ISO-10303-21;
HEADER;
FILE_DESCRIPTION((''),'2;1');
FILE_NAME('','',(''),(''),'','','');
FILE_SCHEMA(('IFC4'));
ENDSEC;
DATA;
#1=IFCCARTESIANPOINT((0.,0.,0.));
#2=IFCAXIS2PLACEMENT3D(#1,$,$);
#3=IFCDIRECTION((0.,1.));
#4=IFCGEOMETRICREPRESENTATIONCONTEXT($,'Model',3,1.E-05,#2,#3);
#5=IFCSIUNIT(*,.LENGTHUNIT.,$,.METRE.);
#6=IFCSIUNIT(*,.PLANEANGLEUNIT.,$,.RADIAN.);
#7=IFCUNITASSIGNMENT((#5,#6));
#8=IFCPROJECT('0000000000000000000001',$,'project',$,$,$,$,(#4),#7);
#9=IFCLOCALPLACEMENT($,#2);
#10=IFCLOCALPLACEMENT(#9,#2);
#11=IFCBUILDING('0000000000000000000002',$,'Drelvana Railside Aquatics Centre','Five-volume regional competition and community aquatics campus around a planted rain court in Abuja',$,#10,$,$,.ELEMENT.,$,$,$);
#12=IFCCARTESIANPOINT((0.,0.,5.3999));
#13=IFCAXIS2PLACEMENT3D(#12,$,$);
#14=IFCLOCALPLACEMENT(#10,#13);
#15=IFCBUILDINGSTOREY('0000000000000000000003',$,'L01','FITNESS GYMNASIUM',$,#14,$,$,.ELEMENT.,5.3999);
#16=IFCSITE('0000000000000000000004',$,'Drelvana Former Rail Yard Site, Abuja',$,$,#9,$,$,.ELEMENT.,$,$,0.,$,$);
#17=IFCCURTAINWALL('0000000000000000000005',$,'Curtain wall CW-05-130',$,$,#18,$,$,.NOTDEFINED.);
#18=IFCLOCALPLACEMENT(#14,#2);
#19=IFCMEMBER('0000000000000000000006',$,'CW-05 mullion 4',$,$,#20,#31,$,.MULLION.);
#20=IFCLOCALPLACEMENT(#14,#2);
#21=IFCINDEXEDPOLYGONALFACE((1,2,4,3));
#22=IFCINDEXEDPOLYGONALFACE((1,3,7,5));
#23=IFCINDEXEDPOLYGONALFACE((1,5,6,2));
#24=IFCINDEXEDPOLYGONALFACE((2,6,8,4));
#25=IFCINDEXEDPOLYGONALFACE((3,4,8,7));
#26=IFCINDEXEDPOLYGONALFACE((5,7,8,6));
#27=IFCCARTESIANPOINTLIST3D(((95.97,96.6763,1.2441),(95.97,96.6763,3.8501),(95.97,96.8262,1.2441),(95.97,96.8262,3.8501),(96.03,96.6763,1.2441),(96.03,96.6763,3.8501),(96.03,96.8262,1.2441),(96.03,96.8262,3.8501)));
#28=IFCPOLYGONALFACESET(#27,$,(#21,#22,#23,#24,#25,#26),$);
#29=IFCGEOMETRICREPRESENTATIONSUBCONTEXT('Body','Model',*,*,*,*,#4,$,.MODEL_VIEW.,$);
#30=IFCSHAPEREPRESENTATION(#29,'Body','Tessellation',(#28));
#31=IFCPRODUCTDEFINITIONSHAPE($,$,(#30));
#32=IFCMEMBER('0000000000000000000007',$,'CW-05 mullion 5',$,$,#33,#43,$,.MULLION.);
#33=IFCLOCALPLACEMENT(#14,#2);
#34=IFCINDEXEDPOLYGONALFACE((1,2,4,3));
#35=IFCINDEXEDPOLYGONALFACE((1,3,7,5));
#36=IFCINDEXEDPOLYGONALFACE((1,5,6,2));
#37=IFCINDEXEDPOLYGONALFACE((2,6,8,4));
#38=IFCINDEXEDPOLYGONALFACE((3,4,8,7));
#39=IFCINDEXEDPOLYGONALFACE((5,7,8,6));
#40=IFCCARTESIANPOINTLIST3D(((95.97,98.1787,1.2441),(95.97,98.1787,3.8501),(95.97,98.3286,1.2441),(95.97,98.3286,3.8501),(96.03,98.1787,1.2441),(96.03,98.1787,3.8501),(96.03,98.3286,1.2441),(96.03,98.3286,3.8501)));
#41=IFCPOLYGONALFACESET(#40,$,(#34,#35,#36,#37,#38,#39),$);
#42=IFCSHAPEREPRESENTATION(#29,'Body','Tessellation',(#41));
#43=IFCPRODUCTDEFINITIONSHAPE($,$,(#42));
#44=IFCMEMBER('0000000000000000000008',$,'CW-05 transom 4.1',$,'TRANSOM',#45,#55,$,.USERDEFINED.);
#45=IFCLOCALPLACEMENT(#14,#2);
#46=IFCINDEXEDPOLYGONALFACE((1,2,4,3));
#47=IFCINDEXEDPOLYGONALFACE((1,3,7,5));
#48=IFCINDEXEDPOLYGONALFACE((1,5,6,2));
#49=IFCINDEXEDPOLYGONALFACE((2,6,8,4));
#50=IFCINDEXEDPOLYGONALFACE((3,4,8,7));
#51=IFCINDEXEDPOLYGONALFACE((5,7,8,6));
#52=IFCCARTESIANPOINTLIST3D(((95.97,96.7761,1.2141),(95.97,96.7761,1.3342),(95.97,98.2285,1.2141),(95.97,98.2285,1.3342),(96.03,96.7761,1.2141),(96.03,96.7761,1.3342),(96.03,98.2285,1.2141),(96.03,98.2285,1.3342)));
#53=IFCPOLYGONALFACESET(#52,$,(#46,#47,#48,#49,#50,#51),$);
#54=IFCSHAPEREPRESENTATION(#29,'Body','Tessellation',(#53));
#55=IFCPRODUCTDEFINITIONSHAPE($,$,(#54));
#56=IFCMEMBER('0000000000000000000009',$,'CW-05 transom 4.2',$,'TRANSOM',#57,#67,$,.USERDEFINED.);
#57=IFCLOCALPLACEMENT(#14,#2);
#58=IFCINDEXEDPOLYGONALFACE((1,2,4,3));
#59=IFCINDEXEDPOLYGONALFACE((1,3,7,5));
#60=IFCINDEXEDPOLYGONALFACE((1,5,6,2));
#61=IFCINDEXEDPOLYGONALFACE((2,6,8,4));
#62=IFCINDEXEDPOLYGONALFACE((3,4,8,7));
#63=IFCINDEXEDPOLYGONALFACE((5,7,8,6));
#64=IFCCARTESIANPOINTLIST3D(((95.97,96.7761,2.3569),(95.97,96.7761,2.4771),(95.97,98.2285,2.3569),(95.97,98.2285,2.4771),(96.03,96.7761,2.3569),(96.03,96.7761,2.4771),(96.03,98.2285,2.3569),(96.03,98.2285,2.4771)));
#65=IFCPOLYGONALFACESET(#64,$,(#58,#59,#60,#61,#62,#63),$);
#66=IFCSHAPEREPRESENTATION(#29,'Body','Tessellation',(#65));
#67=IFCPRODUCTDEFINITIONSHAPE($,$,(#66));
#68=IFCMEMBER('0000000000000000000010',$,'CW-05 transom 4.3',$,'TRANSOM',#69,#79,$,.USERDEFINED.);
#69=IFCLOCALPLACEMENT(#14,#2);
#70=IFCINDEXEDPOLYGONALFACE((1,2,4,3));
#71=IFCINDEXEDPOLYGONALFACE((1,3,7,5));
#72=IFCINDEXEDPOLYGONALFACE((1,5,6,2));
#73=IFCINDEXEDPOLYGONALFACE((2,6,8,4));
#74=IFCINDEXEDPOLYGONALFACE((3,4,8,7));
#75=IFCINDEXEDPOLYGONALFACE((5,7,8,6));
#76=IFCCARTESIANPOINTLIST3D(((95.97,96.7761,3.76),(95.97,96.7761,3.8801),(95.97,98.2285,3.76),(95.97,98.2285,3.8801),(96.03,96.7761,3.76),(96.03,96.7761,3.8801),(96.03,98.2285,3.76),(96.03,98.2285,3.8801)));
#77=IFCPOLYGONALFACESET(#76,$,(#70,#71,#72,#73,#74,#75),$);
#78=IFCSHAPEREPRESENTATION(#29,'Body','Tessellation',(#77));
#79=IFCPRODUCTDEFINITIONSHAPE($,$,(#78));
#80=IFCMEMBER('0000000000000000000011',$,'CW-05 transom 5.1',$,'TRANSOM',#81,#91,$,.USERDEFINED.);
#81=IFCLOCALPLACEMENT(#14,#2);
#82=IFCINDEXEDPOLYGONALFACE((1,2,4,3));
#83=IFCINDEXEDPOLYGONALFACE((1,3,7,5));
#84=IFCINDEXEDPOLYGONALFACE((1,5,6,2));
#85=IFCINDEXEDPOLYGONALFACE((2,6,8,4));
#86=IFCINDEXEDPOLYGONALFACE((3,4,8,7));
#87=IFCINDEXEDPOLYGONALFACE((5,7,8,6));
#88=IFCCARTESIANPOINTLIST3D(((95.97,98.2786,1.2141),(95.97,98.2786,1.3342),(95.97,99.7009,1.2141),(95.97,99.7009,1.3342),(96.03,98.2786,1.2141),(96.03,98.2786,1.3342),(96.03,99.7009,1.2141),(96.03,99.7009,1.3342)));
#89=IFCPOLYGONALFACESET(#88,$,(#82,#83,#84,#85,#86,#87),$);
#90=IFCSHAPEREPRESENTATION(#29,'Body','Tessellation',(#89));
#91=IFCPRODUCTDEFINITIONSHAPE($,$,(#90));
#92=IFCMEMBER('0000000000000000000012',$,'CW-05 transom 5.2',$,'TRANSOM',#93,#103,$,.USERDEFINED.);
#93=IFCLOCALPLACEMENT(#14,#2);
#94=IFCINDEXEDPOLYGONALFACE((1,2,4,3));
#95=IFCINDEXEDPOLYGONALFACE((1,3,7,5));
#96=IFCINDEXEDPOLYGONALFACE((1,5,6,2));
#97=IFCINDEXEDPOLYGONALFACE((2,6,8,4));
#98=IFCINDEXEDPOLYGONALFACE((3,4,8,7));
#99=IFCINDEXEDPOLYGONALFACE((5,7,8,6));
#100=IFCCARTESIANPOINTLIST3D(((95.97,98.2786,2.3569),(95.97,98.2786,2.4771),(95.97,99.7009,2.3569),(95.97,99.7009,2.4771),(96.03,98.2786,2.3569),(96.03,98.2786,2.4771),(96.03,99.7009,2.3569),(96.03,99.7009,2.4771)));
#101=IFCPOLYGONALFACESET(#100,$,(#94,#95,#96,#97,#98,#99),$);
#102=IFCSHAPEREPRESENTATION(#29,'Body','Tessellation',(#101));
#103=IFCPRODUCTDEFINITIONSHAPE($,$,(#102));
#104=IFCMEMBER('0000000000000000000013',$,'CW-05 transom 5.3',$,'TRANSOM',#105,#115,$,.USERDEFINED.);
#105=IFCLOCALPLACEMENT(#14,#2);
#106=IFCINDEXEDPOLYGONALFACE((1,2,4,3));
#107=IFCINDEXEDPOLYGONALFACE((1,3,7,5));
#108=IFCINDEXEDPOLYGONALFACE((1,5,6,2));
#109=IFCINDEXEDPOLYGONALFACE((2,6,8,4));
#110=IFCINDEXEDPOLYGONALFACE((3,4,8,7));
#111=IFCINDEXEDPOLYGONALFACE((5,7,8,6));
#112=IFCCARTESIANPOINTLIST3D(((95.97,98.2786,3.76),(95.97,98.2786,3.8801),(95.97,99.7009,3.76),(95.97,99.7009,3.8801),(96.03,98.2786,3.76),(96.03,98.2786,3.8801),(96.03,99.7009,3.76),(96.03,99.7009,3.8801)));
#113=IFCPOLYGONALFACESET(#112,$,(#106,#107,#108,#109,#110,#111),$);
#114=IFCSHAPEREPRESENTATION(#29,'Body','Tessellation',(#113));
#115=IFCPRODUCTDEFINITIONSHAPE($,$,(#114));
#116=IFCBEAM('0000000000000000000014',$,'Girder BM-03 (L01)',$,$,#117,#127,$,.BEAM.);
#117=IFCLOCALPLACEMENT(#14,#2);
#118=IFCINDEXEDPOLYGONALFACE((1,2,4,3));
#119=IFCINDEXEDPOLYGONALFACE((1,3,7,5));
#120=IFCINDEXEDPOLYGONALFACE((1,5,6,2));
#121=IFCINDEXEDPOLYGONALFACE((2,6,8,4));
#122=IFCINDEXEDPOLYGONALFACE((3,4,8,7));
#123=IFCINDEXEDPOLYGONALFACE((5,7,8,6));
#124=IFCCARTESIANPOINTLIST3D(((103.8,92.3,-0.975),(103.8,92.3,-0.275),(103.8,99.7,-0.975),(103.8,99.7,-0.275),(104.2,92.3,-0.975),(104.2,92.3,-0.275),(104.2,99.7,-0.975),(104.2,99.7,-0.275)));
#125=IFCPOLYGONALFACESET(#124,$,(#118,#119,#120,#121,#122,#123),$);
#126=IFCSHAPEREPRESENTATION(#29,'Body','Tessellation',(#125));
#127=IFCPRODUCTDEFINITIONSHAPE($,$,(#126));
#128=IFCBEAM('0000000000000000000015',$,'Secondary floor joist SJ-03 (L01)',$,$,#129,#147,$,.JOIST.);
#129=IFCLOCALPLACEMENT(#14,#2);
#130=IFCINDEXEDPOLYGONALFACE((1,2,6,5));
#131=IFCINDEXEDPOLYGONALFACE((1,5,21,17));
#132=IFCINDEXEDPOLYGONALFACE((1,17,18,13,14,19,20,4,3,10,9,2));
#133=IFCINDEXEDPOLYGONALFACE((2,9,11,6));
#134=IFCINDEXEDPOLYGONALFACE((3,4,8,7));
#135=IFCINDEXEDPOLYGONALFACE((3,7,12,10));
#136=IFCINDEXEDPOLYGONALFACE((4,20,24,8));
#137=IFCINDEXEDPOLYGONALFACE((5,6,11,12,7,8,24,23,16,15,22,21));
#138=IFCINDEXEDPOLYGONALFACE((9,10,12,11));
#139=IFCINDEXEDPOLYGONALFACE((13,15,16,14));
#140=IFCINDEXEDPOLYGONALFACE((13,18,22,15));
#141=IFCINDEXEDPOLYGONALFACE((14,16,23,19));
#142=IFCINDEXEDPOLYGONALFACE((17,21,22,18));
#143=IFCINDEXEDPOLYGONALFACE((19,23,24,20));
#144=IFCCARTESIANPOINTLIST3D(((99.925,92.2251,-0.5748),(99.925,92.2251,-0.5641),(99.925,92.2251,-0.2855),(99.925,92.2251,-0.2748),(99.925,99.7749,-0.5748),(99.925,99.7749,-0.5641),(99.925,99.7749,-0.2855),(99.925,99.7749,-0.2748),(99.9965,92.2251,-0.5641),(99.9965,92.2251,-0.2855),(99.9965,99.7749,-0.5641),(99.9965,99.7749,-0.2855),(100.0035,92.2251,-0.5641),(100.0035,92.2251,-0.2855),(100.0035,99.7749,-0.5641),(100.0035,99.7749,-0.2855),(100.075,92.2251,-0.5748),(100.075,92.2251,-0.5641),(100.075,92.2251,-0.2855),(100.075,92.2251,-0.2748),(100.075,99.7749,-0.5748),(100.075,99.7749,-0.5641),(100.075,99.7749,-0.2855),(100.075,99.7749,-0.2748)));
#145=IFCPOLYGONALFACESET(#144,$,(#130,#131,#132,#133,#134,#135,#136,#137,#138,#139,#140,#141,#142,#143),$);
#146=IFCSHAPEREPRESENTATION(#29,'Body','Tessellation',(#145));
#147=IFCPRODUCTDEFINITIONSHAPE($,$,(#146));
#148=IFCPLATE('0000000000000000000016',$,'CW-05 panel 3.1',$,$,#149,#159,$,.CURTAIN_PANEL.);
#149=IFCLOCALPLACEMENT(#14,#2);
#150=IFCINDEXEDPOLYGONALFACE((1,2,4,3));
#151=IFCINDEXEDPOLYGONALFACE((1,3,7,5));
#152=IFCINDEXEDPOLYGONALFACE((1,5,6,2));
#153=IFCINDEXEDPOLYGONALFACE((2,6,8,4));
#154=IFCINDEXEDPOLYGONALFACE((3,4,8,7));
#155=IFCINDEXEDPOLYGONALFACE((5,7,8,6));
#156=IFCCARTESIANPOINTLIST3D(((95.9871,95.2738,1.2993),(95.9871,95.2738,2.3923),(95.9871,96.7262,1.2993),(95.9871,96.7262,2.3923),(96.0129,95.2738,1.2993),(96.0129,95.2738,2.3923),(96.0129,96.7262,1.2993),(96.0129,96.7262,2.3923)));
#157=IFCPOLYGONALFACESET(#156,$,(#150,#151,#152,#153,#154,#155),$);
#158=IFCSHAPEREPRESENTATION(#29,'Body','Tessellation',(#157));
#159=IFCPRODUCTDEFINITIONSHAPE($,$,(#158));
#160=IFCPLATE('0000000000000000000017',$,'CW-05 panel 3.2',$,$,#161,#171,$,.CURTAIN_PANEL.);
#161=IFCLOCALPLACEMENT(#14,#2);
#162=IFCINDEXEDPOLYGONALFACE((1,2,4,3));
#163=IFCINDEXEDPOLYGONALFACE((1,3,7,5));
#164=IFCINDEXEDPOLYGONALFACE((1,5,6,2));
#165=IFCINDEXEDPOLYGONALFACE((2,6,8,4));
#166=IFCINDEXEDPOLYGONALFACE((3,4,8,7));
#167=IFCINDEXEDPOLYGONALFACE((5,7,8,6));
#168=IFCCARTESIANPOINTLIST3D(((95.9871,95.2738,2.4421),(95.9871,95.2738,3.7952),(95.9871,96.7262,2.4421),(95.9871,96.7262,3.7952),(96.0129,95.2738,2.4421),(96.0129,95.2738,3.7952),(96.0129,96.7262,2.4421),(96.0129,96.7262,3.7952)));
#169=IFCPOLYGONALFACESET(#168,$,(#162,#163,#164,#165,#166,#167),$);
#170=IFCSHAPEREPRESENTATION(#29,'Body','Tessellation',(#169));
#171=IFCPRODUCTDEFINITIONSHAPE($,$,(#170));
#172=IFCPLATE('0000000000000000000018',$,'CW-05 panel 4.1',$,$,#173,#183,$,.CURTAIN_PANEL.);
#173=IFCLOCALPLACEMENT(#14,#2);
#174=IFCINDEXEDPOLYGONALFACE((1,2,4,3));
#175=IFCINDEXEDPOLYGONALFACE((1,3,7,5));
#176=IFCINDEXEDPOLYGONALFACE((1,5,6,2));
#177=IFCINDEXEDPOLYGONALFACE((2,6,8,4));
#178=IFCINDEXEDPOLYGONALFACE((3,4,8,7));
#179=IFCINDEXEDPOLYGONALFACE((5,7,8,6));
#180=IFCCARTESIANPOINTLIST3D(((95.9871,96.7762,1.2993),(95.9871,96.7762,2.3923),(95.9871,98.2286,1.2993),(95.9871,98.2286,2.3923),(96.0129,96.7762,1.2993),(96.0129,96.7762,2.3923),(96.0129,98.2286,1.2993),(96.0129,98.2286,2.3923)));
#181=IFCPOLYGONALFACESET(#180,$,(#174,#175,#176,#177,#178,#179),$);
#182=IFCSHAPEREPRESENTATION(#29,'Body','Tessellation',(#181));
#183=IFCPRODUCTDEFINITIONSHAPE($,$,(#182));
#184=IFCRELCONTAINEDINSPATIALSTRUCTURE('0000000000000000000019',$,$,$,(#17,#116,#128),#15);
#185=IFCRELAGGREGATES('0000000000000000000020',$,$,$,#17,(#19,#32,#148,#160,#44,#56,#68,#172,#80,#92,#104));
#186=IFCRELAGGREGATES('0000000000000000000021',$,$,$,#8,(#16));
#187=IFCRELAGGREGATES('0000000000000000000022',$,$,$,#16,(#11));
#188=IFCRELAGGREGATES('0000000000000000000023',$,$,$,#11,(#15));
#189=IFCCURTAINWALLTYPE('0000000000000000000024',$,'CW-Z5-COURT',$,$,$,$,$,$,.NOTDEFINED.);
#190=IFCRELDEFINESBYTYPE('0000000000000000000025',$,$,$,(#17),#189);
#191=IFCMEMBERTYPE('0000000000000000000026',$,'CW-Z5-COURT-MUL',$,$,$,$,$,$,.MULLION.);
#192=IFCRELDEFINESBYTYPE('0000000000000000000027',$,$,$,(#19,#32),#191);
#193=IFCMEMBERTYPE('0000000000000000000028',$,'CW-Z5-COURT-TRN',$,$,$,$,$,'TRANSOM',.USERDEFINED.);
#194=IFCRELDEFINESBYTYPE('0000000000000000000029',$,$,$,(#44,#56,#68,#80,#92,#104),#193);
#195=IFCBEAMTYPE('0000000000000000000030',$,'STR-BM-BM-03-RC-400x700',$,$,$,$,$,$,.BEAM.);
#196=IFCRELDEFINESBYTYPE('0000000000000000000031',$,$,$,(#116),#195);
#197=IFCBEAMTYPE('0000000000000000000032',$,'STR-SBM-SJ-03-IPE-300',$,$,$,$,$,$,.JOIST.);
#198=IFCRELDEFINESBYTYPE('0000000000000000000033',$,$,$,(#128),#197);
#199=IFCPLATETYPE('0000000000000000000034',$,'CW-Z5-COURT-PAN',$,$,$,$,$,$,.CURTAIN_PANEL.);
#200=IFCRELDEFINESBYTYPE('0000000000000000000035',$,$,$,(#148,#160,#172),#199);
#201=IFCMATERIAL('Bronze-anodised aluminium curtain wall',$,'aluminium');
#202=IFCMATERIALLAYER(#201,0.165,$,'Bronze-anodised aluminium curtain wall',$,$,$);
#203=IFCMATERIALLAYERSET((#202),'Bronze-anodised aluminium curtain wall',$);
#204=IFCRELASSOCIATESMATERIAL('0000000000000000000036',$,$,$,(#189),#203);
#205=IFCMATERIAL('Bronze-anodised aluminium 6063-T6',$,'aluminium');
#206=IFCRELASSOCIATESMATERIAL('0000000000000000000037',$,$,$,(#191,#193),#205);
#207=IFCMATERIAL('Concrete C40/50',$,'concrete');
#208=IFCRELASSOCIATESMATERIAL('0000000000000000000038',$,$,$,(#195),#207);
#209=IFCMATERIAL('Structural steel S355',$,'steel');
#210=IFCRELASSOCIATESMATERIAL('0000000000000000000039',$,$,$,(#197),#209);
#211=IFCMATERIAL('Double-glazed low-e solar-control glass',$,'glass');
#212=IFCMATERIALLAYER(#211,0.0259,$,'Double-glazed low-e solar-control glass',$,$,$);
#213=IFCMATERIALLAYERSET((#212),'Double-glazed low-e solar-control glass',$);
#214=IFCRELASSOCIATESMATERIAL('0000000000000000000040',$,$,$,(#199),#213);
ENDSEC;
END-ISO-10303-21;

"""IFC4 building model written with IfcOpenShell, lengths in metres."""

from ifc_helpers import new_model, si_unit, direction, frame, origin, origin_2d, place, context, subcontext, project, spatial, rectangle, i_section, extrude, material, layer, layer_set, material_profile, profile_set, type_object, element, aggregate, save


model = new_model("IFC4")

# Units and contexts
model_context = context("Model", 3, precision=1e-05, world=origin(), true_north=direction((0.0, 1.0)))
body_context = subcontext(model_context, "Body", "Model", "MODEL_VIEW")
ifc_project = project(units=[si_unit("LENGTHUNIT", "METRE"), si_unit("PLANEANGLEUNIT", "RADIAN")], contexts=[model_context])

# Site, building, storey
site_placement = place(None, origin())
site = spatial("IfcSite", under=ifc_project, at=site_placement, Name="Drelvana Former Rail Yard Site, Abuja", CompositionType="ELEMENT", RefElevation=0.0)
building_placement = place(site_placement, origin())
building = spatial("IfcBuilding", under=site, at=building_placement, Name="Drelvana Railside Aquatics Centre", Description="Five-volume regional competition and community aquatics campus around a planted rain court in Abuja", CompositionType="ELEMENT")
storey_placement = place(building_placement, frame((0.0, 0.0, 5.3999)))
storey = spatial("IfcBuildingStorey", under=building, at=storey_placement, Name="L01", Description="FITNESS GYMNASIUM", CompositionType="ELEMENT", Elevation=5.3999)

# Curtain wall, members
ifc_material_1 = material(Name="Bronze-anodised aluminium curtain wall", Category="aluminium")
ifc_layer_1 = layer(ifc_material_1, 0.165, Name="Bronze-anodised aluminium curtain wall")
ifc_layer_set_1 = layer_set([ifc_layer_1], Name="Bronze-anodised aluminium curtain wall")
curtain_wall_type = type_object("IfcCurtainWallType", Name="CW-Z5-COURT", PredefinedType="NOTDEFINED", material=ifc_layer_set_1)
curtain_wall_placement = place(storey_placement, origin())
curtain_wall = element("IfcCurtainWall", 1, at=curtain_wall_placement, inside=storey, type_object=curtain_wall_type, Name="Curtain wall CW-05-130", PredefinedType="NOTDEFINED")
ifc_material_2 = material(Name="Bronze-anodised aluminium 6063-T6", Category="aluminium")
ifc_material_profile_1 = material_profile(ifc_material_2, rectangle(XDim=0.0601, YDim=0.1499, at=origin_2d()), Name="ALU-M 60x150")
ifc_profile_set_1 = profile_set([ifc_material_profile_1], Name="Bronze-anodised aluminium 6063-T6")
member_type_1 = type_object("IfcMemberType", Name="CW-Z5-COURT-MUL", PredefinedType="MULLION", material=ifc_profile_set_1)
member_1_placement = place(storey_placement, frame((96.0, 96.7512, 1.2441), z_axis=(0.0, 0.0, 1.0), x_axis=(-1.0, 0.0, 0.0)))
member_1 = element("IfcMember", 2, at=member_1_placement, type_object=member_type_1, Name="CW-05 mullion 4", PredefinedType="MULLION", context=body_context, shape_type="SweptSolid", body=[
    extrude(rectangle(XDim=0.0601, YDim=0.1499, at=origin_2d()), origin(), (0.0, 0.0, 1.0), 2.606),
])
member_2_placement = place(storey_placement, frame((96.0, 98.2537, 1.2441), z_axis=(0.0, 0.0, 1.0), x_axis=(-1.0, 0.0, 0.0)))
member_2 = element("IfcMember", 3, at=member_2_placement, type_object=member_type_1, Name="CW-05 mullion 5", PredefinedType="MULLION", context=body_context, shape_type="SweptSolid", body=[
    extrude(rectangle(XDim=0.0601, YDim=0.1499, at=origin_2d()), origin(), (0.0, 0.0, 1.0), 2.606),
])
ifc_material_profile_2 = material_profile(ifc_material_2, rectangle(XDim=0.1201, YDim=0.0601, at=origin_2d()), Name="ALU-T 60x120")
ifc_profile_set_2 = profile_set([ifc_material_profile_2], Name="Bronze-anodised aluminium 6063-T6")
member_type_2 = type_object("IfcMemberType", Name="CW-Z5-COURT-TRN", ElementType="TRANSOM", PredefinedType="USERDEFINED", material=ifc_profile_set_2)
member_3_placement = place(storey_placement, frame((96.0, 96.7761, 1.2742), z_axis=(0.0, 1.0, 0.0), x_axis=(0.0, 0.0, 1.0)))
member_3 = element("IfcMember", 4, at=member_3_placement, type_object=member_type_2, Name="CW-05 transom 4.1", ObjectType="TRANSOM", PredefinedType="USERDEFINED", context=body_context, shape_type="SweptSolid", body=[
    extrude(rectangle(XDim=0.1201, YDim=0.0601, at=origin_2d()), origin(), (0.0, 0.0, 1.0), 1.4524),
])
member_4_placement = place(storey_placement, frame((96.0, 96.7761, 2.417), z_axis=(0.0, 1.0, 0.0), x_axis=(0.0, 0.0, 1.0)))
member_4 = element("IfcMember", 5, at=member_4_placement, type_object=member_type_2, Name="CW-05 transom 4.2", ObjectType="TRANSOM", PredefinedType="USERDEFINED", context=body_context, shape_type="SweptSolid", body=[
    extrude(rectangle(XDim=0.1201, YDim=0.0601, at=origin_2d()), origin(), (0.0, 0.0, 1.0), 1.4524),
])
member_5_placement = place(storey_placement, frame((96.0, 96.7761, 3.8201), z_axis=(0.0, 1.0, 0.0), x_axis=(0.0, 0.0, 1.0)))
member_5 = element("IfcMember", 6, at=member_5_placement, type_object=member_type_2, Name="CW-05 transom 4.3", ObjectType="TRANSOM", PredefinedType="USERDEFINED", context=body_context, shape_type="SweptSolid", body=[
    extrude(rectangle(XDim=0.1201, YDim=0.0601, at=origin_2d()), origin(), (0.0, 0.0, 1.0), 1.4524),
])
member_6_placement = place(storey_placement, frame((96.0, 98.2786, 1.2742), z_axis=(0.0, 1.0, 0.0), x_axis=(0.0, 0.0, 1.0)))
member_6 = element("IfcMember", 7, at=member_6_placement, type_object=member_type_2, Name="CW-05 transom 5.1", ObjectType="TRANSOM", PredefinedType="USERDEFINED", context=body_context, shape_type="SweptSolid", body=[
    extrude(rectangle(XDim=0.1201, YDim=0.0601, at=origin_2d()), origin(), (0.0, 0.0, 1.0), 1.4224),
])
member_7_placement = place(storey_placement, frame((96.0, 98.2786, 2.417), z_axis=(0.0, 1.0, 0.0), x_axis=(0.0, 0.0, 1.0)))
member_7 = element("IfcMember", 8, at=member_7_placement, type_object=member_type_2, Name="CW-05 transom 5.2", ObjectType="TRANSOM", PredefinedType="USERDEFINED", context=body_context, shape_type="SweptSolid", body=[
    extrude(rectangle(XDim=0.1201, YDim=0.0601, at=origin_2d()), origin(), (0.0, 0.0, 1.0), 1.4224),
])
member_8_placement = place(storey_placement, frame((96.0, 98.2786, 3.8201), z_axis=(0.0, 1.0, 0.0), x_axis=(0.0, 0.0, 1.0)))
member_8 = element("IfcMember", 9, at=member_8_placement, type_object=member_type_2, Name="CW-05 transom 5.3", ObjectType="TRANSOM", PredefinedType="USERDEFINED", context=body_context, shape_type="SweptSolid", body=[
    extrude(rectangle(XDim=0.1201, YDim=0.0601, at=origin_2d()), origin(), (0.0, 0.0, 1.0), 1.4224),
])

# Beams
ifc_material_3 = material(Name="Concrete C40/50", Category="concrete")
ifc_material_profile_3 = material_profile(ifc_material_3, rectangle(XDim=0.3999, YDim=0.7, at=origin_2d()), Name="RC 400x700")
ifc_profile_set_3 = profile_set([ifc_material_profile_3], Name="Concrete C40/50")
beam_type_1 = type_object("IfcBeamType", Name="STR-BM-BM-03-RC-400x700", PredefinedType="BEAM", material=ifc_profile_set_3)
beam_1_placement = place(storey_placement, frame((104.0, 92.3, -0.625), z_axis=(0.0, 1.0, 0.0), x_axis=(-1.0, 0.0, 0.0)))
element("IfcBeam", 10, at=beam_1_placement, inside=storey, type_object=beam_type_1, Name="Girder BM-03 (L01)", PredefinedType="BEAM", context=body_context, shape_type="SweptSolid", body=[
    extrude(rectangle(XDim=0.3999, YDim=0.7, at=origin_2d()), origin(), (0.0, 0.0, 1.0), 7.3999),
])
ifc_material_4 = material(Name="Structural steel S355", Category="steel")
ifc_material_profile_4 = material_profile(ifc_material_4, i_section(OverallWidth=0.1499, OverallDepth=0.3, WebThickness=0.0071, FlangeThickness=0.0107, at=origin_2d()), Name="IPE 300")
ifc_profile_set_4 = profile_set([ifc_material_profile_4], Name="Structural steel S355")
beam_type_2 = type_object("IfcBeamType", Name="STR-SBM-SJ-03-IPE-300", PredefinedType="JOIST", material=ifc_profile_set_4)
beam_2_placement = place(storey_placement, frame((100.0, 92.2251, -0.4248), z_axis=(0.0, 1.0, 0.0), x_axis=(-1.0, 0.0, 0.0)))
element("IfcBeam", 11, at=beam_2_placement, inside=storey, type_object=beam_type_2, Name="Secondary floor joist SJ-03 (L01)", PredefinedType="JOIST", context=body_context, shape_type="SweptSolid", body=[
    extrude(i_section(OverallWidth=0.1499, OverallDepth=0.3, WebThickness=0.0071, FlangeThickness=0.0107, at=origin_2d()), origin(), (0.0, 0.0, 1.0), 7.5498),
])

# Plates
ifc_material_5 = material(Name="Double-glazed low-e solar-control glass", Category="glass")
ifc_layer_2 = layer(ifc_material_5, 0.0259, Name="Double-glazed low-e solar-control glass")
ifc_layer_set_2 = layer_set([ifc_layer_2], Name="Double-glazed low-e solar-control glass")
plate_type = type_object("IfcPlateType", Name="CW-Z5-COURT-PAN", PredefinedType="CURTAIN_PANEL", material=ifc_layer_set_2)
plate_1_placement = place(storey_placement, frame((96.0, 96.0, 1.2993), z_axis=(0.0, 0.0, 1.0), x_axis=(0.0, 1.0, 0.0)))
plate_1 = element("IfcPlate", 12, at=plate_1_placement, type_object=plate_type, Name="CW-05 panel 3.1", PredefinedType="CURTAIN_PANEL", context=body_context, shape_type="SweptSolid", body=[
    extrude(rectangle(XDim=1.4524, YDim=0.0259, at=origin_2d()), origin(), (0.0, 0.0, 1.0), 1.093),
])
plate_2_placement = place(storey_placement, frame((96.0, 96.0, 2.4421), z_axis=(0.0, 0.0, 1.0), x_axis=(0.0, 1.0, 0.0)))
plate_2 = element("IfcPlate", 13, at=plate_2_placement, type_object=plate_type, Name="CW-05 panel 3.2", PredefinedType="CURTAIN_PANEL", context=body_context, shape_type="SweptSolid", body=[
    extrude(rectangle(XDim=1.4524, YDim=0.0259, at=origin_2d()), origin(), (0.0, 0.0, 1.0), 1.353),
])
plate_3_placement = place(storey_placement, frame((96.0, 97.5024, 1.2993), z_axis=(0.0, 0.0, 1.0), x_axis=(0.0, 1.0, 0.0)))
plate_3 = element("IfcPlate", 14, at=plate_3_placement, type_object=plate_type, Name="CW-05 panel 4.1", PredefinedType="CURTAIN_PANEL", context=body_context, shape_type="SweptSolid", body=[
    extrude(rectangle(XDim=1.4524, YDim=0.0259, at=origin_2d()), origin(), (0.0, 0.0, 1.0), 1.093),
])
aggregate(curtain_wall, [member_1, member_2, plate_1, plate_2, member_3, member_4, member_5, plate_3, member_6, member_7, member_8])

save(model, "model.ifc")
